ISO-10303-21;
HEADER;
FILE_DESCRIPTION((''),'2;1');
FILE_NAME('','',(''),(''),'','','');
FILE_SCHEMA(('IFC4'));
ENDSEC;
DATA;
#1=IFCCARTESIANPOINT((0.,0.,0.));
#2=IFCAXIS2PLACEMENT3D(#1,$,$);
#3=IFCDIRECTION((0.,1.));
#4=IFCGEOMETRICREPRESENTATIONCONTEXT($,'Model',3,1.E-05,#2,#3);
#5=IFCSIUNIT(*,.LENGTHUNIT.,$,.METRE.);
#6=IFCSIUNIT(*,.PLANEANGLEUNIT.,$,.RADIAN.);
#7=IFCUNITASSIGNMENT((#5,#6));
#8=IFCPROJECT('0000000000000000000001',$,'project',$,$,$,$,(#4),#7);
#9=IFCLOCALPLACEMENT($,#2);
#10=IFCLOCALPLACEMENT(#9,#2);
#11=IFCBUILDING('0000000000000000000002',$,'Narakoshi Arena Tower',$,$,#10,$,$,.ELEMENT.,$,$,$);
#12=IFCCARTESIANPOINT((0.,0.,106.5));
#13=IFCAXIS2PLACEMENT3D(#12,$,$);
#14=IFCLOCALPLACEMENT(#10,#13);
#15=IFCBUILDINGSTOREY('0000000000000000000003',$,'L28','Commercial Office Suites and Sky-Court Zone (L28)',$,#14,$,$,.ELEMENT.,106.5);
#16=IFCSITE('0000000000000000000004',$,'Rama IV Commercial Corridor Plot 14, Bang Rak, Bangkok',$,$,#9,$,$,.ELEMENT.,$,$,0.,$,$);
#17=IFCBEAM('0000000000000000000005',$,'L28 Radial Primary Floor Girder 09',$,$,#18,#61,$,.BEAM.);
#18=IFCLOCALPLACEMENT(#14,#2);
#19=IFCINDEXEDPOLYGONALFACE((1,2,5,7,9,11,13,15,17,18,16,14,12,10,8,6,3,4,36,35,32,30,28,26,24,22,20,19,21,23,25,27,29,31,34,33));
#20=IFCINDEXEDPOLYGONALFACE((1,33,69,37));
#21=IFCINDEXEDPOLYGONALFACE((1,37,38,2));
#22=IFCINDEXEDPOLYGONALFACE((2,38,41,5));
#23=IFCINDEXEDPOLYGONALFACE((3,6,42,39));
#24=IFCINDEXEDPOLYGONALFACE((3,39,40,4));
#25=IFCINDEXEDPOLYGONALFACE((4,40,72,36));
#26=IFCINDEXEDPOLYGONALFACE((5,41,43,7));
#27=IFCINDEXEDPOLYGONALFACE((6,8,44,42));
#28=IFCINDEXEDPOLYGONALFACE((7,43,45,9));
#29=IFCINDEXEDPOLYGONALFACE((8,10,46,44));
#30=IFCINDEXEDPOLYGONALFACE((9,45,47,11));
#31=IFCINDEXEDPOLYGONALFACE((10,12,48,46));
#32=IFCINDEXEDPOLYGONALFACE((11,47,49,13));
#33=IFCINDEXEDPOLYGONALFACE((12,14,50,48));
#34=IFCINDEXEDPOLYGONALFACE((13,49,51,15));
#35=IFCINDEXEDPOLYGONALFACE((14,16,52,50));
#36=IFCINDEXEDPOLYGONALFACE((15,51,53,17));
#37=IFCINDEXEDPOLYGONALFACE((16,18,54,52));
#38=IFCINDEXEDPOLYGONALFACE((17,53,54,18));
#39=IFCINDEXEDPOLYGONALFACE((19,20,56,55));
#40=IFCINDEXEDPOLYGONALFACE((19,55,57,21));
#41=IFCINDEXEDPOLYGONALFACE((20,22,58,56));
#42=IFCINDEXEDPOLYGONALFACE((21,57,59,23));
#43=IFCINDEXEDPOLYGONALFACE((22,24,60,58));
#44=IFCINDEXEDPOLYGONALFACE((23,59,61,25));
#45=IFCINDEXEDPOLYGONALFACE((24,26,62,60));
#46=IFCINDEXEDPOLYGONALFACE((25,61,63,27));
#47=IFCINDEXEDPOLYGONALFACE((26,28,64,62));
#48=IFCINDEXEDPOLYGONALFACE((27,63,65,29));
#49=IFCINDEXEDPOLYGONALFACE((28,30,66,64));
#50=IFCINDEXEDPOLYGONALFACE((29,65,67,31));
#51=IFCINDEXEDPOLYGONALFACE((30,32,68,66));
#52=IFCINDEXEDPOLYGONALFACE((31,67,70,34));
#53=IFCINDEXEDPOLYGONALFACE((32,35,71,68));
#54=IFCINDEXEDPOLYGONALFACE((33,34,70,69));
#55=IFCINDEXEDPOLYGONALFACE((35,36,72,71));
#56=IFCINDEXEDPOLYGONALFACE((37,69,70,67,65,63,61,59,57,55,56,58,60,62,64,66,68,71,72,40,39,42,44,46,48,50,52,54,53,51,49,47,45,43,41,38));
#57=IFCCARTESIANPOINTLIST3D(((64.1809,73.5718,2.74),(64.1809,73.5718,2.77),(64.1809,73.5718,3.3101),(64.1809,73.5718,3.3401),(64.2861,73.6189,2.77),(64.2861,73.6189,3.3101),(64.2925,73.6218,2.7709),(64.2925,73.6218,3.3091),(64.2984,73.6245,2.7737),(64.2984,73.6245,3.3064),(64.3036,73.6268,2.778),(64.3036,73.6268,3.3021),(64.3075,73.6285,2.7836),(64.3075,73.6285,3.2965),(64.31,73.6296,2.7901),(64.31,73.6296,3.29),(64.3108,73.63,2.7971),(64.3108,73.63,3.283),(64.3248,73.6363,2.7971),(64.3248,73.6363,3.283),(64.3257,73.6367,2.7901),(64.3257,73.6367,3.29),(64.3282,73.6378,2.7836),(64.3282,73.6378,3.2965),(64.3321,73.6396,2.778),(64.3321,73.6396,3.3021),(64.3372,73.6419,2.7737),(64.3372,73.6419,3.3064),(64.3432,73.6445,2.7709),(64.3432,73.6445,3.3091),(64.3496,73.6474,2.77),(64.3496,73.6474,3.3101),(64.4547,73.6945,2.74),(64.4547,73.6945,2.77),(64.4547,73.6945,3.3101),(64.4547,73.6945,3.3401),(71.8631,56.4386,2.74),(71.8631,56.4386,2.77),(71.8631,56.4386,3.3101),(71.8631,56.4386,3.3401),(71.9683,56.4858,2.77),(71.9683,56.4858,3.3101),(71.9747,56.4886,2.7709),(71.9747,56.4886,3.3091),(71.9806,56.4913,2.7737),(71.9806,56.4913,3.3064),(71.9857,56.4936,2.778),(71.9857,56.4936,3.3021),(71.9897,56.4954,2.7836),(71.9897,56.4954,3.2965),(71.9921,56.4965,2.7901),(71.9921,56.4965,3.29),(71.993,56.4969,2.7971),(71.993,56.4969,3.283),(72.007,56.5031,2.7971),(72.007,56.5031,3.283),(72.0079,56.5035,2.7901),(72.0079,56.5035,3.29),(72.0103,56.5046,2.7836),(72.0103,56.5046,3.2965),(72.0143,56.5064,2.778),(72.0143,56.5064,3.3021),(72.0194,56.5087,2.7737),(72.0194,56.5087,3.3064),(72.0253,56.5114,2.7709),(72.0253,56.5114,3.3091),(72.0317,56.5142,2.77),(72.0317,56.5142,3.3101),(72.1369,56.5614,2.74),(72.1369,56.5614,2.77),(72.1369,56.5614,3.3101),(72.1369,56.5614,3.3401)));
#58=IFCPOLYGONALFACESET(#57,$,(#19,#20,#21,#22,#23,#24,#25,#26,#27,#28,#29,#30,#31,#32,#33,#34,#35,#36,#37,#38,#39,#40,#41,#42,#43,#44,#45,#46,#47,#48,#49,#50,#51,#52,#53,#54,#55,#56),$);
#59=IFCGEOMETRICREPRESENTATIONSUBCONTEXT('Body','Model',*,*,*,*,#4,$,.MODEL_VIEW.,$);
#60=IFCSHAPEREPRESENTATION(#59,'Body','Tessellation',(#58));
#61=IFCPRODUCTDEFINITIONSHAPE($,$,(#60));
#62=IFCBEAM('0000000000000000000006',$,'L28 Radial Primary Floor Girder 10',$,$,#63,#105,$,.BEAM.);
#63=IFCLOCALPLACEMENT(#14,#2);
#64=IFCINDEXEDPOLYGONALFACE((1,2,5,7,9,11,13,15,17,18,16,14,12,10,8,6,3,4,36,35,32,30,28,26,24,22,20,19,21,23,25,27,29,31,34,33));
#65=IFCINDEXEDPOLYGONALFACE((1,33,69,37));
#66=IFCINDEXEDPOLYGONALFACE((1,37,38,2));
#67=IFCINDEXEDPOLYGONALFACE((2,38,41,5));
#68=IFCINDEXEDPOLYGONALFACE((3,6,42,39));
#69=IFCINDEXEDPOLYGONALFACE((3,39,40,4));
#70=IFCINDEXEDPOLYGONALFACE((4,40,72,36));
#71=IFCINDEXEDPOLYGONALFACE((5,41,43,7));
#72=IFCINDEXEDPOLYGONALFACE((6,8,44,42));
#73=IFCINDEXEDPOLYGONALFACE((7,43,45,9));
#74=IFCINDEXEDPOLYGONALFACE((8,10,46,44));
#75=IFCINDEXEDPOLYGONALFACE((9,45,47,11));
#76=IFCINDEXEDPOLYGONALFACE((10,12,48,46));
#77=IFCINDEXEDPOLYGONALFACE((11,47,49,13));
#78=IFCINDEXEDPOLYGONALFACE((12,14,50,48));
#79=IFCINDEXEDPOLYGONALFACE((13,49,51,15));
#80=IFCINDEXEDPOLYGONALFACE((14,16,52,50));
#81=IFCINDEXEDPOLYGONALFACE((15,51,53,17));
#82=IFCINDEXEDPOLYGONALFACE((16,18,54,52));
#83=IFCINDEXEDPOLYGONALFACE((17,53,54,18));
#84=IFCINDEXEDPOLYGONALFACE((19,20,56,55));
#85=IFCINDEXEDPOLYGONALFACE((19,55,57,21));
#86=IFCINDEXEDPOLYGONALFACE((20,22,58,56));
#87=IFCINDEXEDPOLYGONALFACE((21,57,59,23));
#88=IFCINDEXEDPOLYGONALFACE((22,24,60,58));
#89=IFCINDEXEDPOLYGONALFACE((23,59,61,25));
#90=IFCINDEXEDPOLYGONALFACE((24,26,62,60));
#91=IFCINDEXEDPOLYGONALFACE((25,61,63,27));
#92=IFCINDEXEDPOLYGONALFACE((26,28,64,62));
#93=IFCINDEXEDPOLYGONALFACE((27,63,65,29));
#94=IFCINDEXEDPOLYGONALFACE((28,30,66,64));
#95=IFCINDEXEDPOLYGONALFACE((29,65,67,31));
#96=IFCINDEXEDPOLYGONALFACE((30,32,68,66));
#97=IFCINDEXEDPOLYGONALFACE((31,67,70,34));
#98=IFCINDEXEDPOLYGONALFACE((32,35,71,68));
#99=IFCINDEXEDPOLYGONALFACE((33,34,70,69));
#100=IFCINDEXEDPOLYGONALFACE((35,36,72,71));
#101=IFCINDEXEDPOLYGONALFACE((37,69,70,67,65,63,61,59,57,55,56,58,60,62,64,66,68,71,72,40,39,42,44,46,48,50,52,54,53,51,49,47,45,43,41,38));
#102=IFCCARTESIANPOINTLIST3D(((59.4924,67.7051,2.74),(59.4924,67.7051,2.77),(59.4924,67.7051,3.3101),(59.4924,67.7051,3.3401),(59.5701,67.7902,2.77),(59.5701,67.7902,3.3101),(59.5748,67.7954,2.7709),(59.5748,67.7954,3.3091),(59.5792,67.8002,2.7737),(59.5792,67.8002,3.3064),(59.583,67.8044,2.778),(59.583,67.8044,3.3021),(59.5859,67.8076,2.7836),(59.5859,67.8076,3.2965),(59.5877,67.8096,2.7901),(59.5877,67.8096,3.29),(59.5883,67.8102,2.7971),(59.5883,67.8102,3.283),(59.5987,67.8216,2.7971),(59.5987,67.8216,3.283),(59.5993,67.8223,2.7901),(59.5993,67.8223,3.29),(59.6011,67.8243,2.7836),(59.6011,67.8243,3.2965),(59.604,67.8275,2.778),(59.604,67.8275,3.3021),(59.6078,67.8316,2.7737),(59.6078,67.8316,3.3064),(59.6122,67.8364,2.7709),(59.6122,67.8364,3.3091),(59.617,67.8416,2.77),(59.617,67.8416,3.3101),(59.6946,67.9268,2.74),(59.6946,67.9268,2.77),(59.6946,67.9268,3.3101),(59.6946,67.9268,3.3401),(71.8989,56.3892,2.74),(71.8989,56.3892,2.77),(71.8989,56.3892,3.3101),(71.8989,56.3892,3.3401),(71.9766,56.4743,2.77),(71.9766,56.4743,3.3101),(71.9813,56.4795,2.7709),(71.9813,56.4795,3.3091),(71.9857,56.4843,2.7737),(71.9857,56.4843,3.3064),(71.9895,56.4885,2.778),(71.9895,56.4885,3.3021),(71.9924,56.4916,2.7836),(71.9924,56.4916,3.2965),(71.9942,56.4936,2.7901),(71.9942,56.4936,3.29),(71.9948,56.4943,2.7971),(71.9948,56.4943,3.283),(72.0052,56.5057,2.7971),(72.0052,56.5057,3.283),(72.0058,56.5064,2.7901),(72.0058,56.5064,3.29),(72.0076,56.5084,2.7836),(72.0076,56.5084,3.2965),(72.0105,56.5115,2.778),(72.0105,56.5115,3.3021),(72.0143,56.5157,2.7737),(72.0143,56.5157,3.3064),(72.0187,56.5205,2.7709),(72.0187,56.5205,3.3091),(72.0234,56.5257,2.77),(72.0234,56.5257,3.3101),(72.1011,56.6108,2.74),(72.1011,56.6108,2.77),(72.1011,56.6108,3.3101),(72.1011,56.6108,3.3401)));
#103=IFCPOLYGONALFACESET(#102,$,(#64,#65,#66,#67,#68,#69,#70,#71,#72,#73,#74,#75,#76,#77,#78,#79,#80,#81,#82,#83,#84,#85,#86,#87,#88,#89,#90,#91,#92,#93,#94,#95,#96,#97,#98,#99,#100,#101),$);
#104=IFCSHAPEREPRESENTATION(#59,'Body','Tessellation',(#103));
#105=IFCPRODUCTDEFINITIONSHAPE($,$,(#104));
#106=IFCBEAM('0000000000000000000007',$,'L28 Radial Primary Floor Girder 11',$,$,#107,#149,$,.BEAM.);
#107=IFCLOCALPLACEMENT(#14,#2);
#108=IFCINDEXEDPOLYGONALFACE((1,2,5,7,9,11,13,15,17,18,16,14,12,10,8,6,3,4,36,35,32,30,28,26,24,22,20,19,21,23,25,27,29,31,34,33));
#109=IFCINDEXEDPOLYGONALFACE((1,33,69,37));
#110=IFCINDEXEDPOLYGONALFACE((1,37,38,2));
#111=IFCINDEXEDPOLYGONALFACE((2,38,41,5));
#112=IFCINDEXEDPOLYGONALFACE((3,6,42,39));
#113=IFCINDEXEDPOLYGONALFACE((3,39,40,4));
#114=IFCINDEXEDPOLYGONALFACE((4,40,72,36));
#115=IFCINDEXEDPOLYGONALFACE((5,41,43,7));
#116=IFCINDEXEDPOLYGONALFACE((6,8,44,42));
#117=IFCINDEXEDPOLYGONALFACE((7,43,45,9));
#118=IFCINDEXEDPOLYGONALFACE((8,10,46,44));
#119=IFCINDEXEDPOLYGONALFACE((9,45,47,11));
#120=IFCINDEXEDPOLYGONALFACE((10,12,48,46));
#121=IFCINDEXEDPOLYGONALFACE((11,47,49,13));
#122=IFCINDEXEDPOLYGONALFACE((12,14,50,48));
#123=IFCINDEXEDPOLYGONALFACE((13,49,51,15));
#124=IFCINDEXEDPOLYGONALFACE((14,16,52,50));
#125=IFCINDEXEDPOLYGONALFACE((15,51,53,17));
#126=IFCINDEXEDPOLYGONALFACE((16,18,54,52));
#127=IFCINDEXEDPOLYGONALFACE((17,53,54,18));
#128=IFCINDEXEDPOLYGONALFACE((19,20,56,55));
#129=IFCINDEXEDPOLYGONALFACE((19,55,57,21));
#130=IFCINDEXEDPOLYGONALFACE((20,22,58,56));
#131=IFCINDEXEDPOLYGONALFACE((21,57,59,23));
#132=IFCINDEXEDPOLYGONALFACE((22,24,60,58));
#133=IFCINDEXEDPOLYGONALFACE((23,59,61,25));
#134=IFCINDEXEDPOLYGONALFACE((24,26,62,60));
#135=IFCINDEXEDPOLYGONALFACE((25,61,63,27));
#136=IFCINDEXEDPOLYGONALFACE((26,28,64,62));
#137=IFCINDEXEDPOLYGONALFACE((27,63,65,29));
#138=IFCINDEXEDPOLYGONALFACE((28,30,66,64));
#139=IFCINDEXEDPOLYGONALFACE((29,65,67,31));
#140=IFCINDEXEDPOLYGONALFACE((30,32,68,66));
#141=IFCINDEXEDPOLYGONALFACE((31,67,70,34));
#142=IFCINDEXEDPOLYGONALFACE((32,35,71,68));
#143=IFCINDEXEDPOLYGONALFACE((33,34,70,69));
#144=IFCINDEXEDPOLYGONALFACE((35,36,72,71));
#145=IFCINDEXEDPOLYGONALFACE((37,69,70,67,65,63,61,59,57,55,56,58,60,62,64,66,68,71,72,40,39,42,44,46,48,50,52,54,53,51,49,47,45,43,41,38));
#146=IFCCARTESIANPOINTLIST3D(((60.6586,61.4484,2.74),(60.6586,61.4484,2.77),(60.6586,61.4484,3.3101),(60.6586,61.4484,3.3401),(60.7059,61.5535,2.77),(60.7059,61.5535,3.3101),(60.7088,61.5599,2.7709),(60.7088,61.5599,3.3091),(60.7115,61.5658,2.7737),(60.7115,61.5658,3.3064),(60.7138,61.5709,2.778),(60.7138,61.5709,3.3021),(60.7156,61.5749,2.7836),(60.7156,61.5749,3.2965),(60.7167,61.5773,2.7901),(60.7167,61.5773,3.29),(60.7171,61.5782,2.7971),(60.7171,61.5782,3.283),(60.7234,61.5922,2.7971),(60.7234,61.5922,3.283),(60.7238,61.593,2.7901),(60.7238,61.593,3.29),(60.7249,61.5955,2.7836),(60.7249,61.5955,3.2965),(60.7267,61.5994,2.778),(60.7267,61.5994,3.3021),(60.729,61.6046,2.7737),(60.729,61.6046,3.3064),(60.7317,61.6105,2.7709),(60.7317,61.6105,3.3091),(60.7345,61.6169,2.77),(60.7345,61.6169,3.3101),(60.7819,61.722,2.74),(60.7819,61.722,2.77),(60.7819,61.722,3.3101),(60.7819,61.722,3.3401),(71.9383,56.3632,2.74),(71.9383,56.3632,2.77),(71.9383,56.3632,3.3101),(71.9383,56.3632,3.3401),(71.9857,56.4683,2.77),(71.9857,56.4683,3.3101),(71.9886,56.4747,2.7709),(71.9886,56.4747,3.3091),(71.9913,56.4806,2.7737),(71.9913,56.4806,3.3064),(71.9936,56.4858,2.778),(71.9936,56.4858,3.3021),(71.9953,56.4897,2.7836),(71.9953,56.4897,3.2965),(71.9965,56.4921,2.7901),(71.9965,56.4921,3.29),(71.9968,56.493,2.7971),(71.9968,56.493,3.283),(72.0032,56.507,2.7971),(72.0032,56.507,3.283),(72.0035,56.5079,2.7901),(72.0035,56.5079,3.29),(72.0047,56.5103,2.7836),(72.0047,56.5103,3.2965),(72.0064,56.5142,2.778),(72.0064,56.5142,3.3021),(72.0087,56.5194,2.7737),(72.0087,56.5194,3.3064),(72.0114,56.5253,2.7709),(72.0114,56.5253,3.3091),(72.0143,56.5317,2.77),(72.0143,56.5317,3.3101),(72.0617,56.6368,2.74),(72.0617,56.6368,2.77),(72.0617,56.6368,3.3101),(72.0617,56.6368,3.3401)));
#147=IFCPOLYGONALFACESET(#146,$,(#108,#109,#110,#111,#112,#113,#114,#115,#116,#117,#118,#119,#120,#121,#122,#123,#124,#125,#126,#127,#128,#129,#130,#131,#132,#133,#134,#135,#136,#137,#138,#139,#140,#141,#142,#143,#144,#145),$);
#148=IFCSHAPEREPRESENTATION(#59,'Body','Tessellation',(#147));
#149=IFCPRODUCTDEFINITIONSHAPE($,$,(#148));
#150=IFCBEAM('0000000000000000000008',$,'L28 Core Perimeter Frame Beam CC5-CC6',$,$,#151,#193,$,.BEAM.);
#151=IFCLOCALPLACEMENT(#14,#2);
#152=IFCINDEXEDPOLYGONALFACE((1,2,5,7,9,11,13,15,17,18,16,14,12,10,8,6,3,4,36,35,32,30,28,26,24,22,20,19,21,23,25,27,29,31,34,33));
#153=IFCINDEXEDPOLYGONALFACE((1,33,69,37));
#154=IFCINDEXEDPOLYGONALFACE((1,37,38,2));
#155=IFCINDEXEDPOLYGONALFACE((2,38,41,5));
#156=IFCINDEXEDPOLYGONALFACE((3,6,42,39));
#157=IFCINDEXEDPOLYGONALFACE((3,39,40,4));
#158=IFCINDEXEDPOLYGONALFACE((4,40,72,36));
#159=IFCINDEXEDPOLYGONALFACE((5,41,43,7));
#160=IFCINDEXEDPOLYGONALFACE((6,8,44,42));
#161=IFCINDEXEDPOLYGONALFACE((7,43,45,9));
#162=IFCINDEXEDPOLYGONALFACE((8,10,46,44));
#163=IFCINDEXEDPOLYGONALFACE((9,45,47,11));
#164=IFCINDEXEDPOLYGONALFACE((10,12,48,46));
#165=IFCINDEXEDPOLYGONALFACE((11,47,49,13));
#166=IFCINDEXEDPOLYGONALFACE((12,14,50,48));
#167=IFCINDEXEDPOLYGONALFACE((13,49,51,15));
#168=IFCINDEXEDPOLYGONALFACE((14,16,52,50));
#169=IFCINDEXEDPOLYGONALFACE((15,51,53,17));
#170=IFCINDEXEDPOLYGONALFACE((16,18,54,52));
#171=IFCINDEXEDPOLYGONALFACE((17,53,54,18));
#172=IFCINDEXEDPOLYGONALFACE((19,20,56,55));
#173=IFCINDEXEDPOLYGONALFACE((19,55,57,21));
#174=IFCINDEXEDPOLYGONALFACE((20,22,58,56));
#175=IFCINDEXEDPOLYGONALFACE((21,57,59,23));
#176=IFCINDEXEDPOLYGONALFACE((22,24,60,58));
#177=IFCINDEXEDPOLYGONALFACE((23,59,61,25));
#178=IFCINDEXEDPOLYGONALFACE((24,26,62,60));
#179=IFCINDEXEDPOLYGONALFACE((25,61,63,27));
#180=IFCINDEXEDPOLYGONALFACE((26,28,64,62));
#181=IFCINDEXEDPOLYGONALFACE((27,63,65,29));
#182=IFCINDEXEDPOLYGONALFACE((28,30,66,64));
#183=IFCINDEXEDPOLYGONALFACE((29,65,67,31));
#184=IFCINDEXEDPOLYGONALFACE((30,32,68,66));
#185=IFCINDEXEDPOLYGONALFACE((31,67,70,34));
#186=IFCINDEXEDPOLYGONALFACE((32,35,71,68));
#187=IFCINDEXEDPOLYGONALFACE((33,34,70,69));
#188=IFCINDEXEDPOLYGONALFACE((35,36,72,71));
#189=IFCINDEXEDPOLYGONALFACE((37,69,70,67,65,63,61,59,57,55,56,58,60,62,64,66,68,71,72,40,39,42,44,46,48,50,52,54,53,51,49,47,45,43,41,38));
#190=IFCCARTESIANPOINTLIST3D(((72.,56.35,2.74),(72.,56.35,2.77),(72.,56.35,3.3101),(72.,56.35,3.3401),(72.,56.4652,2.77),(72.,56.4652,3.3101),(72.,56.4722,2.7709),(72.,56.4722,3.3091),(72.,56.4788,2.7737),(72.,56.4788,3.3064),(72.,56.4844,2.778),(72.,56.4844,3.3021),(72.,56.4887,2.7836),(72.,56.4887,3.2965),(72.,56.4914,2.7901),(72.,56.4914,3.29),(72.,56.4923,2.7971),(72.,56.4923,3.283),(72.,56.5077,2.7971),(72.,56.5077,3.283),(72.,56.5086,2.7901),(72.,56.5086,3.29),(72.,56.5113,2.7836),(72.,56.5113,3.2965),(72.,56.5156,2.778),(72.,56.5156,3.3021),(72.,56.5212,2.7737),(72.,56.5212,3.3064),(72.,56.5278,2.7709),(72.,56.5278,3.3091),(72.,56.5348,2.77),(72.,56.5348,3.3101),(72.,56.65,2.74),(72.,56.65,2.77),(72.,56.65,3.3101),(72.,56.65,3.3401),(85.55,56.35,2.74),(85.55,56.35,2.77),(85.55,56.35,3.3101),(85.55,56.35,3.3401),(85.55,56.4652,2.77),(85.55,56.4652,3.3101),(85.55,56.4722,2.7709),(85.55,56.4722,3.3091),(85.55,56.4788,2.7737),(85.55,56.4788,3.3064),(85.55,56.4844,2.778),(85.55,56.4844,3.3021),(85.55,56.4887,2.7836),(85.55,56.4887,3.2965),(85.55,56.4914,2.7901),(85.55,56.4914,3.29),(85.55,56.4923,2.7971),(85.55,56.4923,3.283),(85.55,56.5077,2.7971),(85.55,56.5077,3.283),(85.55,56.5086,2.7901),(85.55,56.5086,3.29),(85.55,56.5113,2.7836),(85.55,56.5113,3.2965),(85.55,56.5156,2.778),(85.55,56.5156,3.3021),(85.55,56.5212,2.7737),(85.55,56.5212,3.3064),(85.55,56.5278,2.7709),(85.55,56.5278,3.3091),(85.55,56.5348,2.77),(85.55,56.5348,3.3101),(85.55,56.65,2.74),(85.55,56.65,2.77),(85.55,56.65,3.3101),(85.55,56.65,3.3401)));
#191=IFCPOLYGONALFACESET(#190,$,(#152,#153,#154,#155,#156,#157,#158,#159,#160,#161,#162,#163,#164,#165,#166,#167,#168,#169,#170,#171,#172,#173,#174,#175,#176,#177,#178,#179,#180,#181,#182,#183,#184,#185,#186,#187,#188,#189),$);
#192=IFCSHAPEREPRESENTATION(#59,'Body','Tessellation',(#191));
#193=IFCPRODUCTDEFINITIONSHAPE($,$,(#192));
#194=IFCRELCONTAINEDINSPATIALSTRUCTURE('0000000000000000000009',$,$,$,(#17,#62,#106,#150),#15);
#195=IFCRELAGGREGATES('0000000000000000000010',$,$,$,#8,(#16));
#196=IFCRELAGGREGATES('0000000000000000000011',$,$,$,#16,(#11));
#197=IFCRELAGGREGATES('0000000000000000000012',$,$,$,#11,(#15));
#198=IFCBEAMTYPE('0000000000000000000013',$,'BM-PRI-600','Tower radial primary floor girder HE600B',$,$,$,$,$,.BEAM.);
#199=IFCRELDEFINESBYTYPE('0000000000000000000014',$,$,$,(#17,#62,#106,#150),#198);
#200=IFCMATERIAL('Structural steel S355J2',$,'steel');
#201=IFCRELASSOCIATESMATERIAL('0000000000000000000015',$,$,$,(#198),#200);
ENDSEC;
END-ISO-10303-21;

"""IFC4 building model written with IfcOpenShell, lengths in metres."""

from ifc_helpers import new_model, si_unit, direction, frame, origin, origin_2d, place, context, subcontext, project, spatial, i_section, extrude, material, material_profile, profile_set, type_object, element, save


model = new_model("IFC4")

# Units and contexts
model_context = context("Model", 3, precision=1e-05, world=origin(), true_north=direction((0.0, 1.0)))
body_context = subcontext(model_context, "Body", "Model", "MODEL_VIEW")
ifc_project = project(units=[si_unit("LENGTHUNIT", "METRE"), si_unit("PLANEANGLEUNIT", "RADIAN")], contexts=[model_context])

# Site, building, storey
site_placement = place(None, origin())
site = spatial("IfcSite", under=ifc_project, at=site_placement, Name="Rama IV Commercial Corridor Plot 14, Bang Rak, Bangkok", CompositionType="ELEMENT", RefElevation=0.0)
building_placement = place(site_placement, origin())
building = spatial("IfcBuilding", under=site, at=building_placement, Name="Narakoshi Arena Tower", CompositionType="ELEMENT")
storey_placement = place(building_placement, frame((0.0, 0.0, 106.5)))
storey = spatial("IfcBuildingStorey", under=building, at=storey_placement, Name="L28", Description="Commercial Office Suites and Sky-Court Zone (L28)", CompositionType="ELEMENT", Elevation=106.5)

# Beams
ifc_material_1 = material(Name="Structural steel S355J2", Category="steel")
ifc_material_profile_1 = material_profile(ifc_material_1, i_section(OverallWidth=0.3, OverallDepth=0.6001, WebThickness=0.0154, FlangeThickness=0.03, FilletRadius=0.0271, at=origin_2d()), Name="HE600B")
ifc_profile_set_1 = profile_set([ifc_material_profile_1], Name="Structural steel S355J2")
beam_type_1 = type_object("IfcBeamType", Name="BM-PRI-600", Description="Tower radial primary floor girder HE600B", PredefinedType="BEAM", material=ifc_profile_set_1)
beam_1_placement = place(storey_placement, frame((72.0, 56.5, 3.04), z_axis=(-0.409135, 0.912474, 0.0), x_axis=(-0.912474, -0.409135, 0.0)))
element("IfcBeam", 1, at=beam_1_placement, inside=storey, type_object=beam_type_1, Name="L28 Radial Primary Floor Girder 09", PredefinedType="BEAM", context=body_context, shape_type="SweptSolid", body=[
    extrude(i_section(OverallWidth=0.3, OverallDepth=0.6001, WebThickness=0.0154, FlangeThickness=0.03, FilletRadius=0.0271, at=origin_2d()), origin(), (0.0, 0.0, 1.0), 18.7766),
])
beam_2_placement = place(storey_placement, frame((72.0, 56.5, 3.04), z_axis=(-0.738834, 0.673888, 0.0), x_axis=(-0.673888, -0.738834, 0.0)))
element("IfcBeam", 2, at=beam_2_placement, inside=storey, type_object=beam_type_1, Name="L28 Radial Primary Floor Girder 10", PredefinedType="BEAM", context=body_context, shape_type="SweptSolid", body=[
    extrude(i_section(OverallWidth=0.3, OverallDepth=0.6001, WebThickness=0.0154, FlangeThickness=0.03, FilletRadius=0.0271, at=origin_2d()), origin(), (0.0, 0.0, 1.0), 16.792),
])
beam_3_placement = place(storey_placement, frame((72.0, 56.5, 3.04), z_axis=(-0.91164, 0.41099, 0.0), x_axis=(-0.41099, -0.91164, 0.0)))
element("IfcBeam", 3, at=beam_3_placement, inside=storey, type_object=beam_type_1, Name="L28 Radial Primary Floor Girder 11", PredefinedType="BEAM", context=body_context, shape_type="SweptSolid", body=[
    extrude(i_section(OverallWidth=0.3, OverallDepth=0.6001, WebThickness=0.0154, FlangeThickness=0.03, FilletRadius=0.0271, at=origin_2d()), origin(), (0.0, 0.0, 1.0), 12.373),
])
beam_4_placement = place(storey_placement, frame((72.0, 56.5, 3.04), z_axis=(1.0, 0.0, 0.0), x_axis=(0.0, 1.0, 0.0)))
element("IfcBeam", 4, at=beam_4_placement, inside=storey, type_object=beam_type_1, Name="L28 Core Perimeter Frame Beam CC5-CC6", PredefinedType="BEAM", context=body_context, shape_type="SweptSolid", body=[
    extrude(i_section(OverallWidth=0.3, OverallDepth=0.6001, WebThickness=0.0154, FlangeThickness=0.03, FilletRadius=0.0271, at=origin_2d()), origin(), (0.0, 0.0, 1.0), 13.55),
])

save(model, "model.ifc")
